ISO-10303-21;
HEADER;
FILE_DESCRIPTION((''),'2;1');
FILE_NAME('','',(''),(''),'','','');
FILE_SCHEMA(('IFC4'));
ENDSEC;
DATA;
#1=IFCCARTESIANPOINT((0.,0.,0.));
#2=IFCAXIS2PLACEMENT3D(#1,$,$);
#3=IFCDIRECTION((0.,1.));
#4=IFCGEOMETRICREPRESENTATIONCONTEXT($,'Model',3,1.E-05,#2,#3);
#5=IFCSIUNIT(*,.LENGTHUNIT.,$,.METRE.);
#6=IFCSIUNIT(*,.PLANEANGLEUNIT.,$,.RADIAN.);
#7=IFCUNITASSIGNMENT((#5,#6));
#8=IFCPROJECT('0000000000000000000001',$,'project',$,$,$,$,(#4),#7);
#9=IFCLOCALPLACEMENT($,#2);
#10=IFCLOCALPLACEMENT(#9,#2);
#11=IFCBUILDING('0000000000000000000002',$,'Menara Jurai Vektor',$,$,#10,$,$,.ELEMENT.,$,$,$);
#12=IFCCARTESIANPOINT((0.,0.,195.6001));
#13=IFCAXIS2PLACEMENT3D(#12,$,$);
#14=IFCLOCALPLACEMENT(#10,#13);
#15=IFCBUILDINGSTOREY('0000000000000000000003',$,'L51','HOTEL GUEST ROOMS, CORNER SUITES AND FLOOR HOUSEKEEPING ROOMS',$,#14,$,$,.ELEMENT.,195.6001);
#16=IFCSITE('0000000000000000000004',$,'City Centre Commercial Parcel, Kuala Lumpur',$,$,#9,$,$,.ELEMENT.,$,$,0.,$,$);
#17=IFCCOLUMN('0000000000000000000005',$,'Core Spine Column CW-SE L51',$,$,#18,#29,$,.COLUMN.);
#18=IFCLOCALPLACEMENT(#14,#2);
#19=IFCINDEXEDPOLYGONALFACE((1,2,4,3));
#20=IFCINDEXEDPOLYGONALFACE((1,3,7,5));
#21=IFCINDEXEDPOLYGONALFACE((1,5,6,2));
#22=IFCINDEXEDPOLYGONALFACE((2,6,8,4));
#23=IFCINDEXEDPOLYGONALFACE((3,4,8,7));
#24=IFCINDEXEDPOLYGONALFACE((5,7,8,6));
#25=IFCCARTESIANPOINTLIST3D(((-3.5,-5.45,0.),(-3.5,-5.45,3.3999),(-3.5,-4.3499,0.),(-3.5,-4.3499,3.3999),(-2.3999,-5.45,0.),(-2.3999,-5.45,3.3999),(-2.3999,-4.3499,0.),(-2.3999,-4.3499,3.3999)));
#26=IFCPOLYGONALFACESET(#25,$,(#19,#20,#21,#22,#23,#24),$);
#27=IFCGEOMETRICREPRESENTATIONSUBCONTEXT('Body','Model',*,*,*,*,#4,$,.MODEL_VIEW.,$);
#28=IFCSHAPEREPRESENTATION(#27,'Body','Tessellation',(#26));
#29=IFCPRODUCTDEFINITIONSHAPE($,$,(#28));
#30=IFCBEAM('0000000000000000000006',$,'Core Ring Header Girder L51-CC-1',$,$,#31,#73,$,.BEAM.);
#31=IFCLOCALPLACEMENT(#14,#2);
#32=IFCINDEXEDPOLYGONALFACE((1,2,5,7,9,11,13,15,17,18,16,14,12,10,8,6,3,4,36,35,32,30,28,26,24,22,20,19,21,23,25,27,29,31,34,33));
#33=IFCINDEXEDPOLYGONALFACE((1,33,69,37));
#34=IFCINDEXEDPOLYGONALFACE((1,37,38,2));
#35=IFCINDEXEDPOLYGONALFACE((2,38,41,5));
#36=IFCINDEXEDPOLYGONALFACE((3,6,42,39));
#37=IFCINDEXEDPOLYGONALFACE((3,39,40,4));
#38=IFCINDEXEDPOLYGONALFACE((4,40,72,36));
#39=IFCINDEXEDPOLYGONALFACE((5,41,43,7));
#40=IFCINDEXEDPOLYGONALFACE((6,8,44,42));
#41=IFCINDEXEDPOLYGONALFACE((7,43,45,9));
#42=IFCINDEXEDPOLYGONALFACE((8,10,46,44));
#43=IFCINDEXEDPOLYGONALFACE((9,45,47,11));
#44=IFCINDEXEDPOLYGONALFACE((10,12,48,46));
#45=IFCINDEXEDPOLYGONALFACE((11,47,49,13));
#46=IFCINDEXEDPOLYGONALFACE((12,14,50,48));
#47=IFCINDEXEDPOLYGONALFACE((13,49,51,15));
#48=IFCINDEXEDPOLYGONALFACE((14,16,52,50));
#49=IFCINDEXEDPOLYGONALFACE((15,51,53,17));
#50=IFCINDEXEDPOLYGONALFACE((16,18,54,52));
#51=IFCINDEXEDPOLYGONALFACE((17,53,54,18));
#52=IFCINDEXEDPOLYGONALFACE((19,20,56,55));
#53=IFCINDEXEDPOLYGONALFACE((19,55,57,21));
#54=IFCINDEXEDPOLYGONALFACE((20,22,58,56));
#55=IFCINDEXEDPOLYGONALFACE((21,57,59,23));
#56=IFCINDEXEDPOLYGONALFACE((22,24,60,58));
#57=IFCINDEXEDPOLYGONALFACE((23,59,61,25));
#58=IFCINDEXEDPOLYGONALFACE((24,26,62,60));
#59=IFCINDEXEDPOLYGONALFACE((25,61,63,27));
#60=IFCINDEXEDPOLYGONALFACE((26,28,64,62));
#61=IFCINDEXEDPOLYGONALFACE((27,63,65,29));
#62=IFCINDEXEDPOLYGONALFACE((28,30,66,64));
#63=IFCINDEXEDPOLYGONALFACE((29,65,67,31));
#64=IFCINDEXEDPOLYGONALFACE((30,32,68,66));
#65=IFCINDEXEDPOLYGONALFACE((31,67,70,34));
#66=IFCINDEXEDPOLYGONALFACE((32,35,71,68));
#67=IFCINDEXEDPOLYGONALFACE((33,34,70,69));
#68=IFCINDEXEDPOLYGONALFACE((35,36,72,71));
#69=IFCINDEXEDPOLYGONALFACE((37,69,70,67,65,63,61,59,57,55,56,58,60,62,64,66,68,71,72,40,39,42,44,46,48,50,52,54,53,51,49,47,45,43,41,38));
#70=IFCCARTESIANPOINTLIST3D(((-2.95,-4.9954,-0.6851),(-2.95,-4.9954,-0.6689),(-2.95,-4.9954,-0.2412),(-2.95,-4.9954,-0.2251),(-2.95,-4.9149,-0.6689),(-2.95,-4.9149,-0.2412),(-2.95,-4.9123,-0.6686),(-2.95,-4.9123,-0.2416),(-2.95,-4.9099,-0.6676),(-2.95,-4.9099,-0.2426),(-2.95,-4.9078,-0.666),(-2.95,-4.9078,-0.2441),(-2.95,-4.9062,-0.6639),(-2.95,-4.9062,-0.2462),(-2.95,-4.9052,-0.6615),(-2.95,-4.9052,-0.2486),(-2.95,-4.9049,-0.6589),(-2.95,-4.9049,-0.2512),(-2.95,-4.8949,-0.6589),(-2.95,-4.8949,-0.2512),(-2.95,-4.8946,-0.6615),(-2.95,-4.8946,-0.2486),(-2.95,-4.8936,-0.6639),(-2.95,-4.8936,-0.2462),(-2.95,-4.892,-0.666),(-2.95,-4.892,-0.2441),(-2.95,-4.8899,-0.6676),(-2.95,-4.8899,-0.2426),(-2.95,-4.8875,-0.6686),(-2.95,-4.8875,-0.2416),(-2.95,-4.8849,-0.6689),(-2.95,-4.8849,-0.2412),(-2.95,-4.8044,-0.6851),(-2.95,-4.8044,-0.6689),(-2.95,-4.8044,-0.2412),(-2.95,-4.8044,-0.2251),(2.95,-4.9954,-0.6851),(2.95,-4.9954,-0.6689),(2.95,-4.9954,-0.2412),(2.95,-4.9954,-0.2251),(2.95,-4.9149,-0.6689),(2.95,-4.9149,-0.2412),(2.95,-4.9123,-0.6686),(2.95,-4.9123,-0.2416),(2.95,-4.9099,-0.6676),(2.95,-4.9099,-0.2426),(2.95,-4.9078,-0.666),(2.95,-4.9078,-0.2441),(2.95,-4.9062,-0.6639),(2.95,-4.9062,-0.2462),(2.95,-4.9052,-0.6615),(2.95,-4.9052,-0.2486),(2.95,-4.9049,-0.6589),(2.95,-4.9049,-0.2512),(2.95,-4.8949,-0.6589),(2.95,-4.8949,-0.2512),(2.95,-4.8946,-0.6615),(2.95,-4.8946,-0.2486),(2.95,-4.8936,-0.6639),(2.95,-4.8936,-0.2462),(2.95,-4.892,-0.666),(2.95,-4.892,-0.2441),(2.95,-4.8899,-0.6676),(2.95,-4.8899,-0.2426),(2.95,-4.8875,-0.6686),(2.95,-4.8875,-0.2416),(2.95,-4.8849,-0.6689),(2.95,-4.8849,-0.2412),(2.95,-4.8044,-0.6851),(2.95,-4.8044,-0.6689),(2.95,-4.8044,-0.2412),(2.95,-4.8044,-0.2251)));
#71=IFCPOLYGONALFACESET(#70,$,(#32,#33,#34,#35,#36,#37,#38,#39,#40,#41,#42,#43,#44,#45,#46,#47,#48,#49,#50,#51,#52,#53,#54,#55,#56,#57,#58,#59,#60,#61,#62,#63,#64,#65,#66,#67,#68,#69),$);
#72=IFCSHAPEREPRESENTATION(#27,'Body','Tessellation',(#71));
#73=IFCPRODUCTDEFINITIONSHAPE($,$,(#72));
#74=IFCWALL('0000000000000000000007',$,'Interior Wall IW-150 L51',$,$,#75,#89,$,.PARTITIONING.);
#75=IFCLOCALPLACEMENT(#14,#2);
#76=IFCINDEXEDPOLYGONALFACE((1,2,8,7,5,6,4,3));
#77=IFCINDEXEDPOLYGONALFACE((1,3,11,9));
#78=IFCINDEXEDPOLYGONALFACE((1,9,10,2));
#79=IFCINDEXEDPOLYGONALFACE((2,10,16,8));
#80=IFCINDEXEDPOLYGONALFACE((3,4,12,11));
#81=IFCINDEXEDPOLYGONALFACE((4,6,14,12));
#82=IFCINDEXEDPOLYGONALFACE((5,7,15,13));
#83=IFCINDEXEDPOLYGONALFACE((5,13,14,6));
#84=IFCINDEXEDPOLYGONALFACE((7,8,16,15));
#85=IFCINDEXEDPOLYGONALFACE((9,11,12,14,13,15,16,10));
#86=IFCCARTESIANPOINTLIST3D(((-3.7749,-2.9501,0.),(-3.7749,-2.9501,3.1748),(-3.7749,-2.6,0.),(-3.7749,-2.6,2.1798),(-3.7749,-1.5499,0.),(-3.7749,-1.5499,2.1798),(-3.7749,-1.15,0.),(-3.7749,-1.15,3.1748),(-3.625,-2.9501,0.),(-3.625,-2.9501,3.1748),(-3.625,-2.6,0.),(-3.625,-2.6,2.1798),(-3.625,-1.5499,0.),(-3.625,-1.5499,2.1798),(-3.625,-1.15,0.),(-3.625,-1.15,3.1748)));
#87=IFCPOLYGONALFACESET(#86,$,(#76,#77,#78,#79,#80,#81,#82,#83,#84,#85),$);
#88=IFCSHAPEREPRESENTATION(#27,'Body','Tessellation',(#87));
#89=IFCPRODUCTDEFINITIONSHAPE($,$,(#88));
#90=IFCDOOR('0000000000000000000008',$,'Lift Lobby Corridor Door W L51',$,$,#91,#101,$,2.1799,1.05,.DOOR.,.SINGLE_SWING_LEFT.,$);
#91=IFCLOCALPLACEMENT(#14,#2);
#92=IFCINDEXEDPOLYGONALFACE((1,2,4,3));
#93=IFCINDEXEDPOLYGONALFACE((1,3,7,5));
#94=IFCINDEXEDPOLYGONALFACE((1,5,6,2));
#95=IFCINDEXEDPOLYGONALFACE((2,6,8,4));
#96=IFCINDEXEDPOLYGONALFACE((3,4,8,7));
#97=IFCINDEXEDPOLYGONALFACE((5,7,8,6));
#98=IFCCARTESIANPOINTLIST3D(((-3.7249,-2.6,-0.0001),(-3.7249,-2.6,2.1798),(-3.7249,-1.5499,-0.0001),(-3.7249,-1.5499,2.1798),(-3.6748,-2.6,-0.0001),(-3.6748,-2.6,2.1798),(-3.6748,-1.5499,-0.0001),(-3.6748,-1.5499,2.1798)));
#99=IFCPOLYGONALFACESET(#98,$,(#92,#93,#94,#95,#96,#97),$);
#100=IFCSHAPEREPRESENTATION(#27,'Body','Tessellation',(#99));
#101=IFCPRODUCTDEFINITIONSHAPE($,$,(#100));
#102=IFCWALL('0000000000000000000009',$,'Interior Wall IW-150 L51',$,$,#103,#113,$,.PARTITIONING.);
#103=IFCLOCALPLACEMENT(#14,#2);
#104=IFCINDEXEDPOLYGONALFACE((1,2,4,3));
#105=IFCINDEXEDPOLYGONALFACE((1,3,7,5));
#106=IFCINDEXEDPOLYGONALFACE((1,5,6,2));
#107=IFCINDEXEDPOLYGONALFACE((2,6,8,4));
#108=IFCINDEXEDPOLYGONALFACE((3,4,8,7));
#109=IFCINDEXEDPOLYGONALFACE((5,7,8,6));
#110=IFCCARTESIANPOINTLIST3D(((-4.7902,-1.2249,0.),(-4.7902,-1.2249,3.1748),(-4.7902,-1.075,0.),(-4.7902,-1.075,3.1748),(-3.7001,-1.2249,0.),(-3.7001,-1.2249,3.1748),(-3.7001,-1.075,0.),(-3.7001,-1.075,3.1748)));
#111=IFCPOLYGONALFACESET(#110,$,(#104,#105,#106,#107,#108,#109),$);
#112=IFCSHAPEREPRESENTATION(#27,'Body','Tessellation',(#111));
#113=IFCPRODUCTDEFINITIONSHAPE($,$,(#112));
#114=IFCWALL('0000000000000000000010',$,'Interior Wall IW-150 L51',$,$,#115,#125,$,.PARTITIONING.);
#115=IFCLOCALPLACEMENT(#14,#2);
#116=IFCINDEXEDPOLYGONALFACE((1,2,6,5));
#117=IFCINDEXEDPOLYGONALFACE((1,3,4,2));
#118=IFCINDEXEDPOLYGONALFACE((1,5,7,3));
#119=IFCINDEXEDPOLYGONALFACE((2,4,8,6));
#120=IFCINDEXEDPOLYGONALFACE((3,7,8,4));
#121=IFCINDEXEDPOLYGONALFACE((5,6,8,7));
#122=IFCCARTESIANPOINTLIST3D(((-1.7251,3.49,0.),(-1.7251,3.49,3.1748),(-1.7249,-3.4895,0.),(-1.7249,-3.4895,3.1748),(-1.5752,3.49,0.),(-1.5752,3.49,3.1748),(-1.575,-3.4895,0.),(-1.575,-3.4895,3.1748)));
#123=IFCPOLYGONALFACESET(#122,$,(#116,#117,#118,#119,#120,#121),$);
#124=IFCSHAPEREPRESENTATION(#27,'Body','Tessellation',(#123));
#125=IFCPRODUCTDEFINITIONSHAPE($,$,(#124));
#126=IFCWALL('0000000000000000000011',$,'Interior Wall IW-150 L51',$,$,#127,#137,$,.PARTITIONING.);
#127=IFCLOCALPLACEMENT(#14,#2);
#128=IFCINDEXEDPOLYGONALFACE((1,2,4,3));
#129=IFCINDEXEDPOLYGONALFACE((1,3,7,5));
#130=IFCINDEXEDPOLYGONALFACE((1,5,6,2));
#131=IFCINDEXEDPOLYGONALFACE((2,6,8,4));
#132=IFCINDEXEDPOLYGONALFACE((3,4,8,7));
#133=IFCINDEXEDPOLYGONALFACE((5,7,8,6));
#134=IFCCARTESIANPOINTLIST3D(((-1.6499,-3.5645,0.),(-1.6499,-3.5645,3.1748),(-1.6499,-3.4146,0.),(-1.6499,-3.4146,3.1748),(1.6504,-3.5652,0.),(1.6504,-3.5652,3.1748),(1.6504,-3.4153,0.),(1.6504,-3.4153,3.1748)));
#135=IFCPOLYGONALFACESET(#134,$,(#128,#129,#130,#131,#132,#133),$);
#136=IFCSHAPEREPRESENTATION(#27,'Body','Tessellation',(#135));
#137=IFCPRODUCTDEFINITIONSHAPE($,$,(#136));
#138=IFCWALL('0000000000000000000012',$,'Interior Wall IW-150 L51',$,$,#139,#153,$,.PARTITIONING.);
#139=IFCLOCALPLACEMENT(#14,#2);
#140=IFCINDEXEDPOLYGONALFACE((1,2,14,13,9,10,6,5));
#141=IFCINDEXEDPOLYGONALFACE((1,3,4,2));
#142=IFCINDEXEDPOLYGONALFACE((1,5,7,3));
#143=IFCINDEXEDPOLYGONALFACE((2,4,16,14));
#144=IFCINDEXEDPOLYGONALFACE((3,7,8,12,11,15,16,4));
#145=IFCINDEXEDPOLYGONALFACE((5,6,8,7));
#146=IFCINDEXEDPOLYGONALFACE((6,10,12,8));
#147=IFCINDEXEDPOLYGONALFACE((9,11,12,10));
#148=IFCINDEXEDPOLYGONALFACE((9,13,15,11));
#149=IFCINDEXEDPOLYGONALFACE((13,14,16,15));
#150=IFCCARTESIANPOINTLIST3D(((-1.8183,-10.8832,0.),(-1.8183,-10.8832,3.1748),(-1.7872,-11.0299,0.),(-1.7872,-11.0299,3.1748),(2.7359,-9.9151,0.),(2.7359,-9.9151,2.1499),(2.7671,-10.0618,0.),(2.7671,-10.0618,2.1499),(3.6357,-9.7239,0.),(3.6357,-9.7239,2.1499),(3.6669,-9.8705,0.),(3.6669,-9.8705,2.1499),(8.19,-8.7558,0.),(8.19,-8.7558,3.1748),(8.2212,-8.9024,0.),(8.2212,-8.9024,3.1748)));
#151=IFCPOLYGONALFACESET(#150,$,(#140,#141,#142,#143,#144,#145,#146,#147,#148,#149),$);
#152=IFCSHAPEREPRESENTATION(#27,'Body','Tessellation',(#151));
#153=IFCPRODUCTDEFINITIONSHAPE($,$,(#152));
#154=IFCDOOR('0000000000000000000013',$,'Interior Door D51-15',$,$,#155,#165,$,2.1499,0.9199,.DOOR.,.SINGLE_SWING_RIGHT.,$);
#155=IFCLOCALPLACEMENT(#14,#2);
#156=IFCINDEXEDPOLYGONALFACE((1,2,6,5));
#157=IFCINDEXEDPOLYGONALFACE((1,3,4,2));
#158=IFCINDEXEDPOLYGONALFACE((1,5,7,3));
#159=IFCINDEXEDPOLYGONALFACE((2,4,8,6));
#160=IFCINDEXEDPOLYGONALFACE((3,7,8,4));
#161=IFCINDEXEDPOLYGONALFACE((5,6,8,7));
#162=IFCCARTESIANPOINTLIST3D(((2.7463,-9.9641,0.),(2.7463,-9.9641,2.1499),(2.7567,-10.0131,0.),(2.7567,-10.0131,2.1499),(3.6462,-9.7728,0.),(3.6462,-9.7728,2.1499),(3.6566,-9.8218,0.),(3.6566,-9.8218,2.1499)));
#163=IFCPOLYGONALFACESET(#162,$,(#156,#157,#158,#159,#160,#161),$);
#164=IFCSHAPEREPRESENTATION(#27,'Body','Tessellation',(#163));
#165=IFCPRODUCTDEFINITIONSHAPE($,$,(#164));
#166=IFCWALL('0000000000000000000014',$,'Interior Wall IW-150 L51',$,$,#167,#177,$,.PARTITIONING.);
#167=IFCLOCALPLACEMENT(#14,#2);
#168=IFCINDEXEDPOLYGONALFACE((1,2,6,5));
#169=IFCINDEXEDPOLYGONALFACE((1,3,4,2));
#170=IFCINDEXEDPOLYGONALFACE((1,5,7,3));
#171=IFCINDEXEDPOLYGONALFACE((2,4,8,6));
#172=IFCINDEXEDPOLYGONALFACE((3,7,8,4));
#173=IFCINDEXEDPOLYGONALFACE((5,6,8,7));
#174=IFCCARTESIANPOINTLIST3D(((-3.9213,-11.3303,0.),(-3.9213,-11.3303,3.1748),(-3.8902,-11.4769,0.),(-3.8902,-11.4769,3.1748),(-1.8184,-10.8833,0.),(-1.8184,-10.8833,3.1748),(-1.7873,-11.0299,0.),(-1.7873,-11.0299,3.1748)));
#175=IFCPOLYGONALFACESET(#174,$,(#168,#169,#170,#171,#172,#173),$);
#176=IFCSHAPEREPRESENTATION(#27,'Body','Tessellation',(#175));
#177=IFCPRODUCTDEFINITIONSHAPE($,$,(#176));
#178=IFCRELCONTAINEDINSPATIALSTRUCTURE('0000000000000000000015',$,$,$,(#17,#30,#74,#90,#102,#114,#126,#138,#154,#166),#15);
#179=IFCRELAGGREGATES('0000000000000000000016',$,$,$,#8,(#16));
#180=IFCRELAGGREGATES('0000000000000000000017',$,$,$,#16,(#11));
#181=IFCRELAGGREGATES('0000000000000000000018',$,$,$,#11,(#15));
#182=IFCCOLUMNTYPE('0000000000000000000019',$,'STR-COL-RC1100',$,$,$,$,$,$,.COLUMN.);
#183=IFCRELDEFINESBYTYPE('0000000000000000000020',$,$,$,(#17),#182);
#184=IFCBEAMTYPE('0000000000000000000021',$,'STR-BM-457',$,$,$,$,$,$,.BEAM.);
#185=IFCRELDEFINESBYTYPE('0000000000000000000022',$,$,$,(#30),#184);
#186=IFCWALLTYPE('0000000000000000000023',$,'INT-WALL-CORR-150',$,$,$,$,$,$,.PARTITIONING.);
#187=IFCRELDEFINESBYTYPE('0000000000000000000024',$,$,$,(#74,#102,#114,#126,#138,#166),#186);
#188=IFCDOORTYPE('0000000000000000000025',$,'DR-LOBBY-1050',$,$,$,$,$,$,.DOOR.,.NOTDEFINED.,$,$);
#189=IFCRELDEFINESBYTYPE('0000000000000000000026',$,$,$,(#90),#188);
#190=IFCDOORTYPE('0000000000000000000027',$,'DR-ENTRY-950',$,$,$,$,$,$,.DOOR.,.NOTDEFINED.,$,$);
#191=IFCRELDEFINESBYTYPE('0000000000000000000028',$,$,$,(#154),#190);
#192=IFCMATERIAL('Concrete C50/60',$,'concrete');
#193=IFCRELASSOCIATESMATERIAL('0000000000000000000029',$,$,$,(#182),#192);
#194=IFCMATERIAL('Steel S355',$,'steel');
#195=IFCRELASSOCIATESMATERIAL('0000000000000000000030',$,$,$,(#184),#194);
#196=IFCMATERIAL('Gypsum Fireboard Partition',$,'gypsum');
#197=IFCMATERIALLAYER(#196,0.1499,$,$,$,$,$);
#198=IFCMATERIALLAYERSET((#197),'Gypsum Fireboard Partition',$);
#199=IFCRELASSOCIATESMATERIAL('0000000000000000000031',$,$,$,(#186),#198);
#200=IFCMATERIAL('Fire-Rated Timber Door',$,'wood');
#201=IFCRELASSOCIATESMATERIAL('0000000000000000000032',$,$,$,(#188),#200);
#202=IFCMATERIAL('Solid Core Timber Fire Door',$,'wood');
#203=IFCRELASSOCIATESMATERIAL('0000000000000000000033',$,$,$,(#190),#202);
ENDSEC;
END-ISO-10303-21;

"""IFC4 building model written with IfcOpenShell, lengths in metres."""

from ifc_helpers import new_model, si_unit, direction, frame, frame_2d, origin, origin_2d, place, context, subcontext, project, spatial, rectangle, i_section, extrude, material, layer, layer_set, material_profile, profile_set, type_object, element, fill, save


model = new_model("IFC4")

# Units and contexts
model_context = context("Model", 3, precision=1e-05, world=origin(), true_north=direction((0.0, 1.0)))
body_context = subcontext(model_context, "Body", "Model", "MODEL_VIEW")
ifc_project = project(units=[si_unit("LENGTHUNIT", "METRE"), si_unit("PLANEANGLEUNIT", "RADIAN")], contexts=[model_context])

# Site, building, storey
site_placement = place(None, origin())
site = spatial("IfcSite", under=ifc_project, at=site_placement, Name="City Centre Commercial Parcel, Kuala Lumpur", CompositionType="ELEMENT", RefElevation=0.0)
building_placement = place(site_placement, origin())
building = spatial("IfcBuilding", under=site, at=building_placement, Name="Menara Jurai Vektor", CompositionType="ELEMENT")
storey_placement = place(building_placement, frame((0.0, 0.0, 195.6001)))
storey = spatial("IfcBuildingStorey", under=building, at=storey_placement, Name="L51", Description="HOTEL GUEST ROOMS, CORNER SUITES AND FLOOR HOUSEKEEPING ROOMS", CompositionType="ELEMENT", Elevation=195.6001)

# Column
ifc_material_1 = material(Name="Concrete C50/60", Category="concrete")
ifc_material_profile_1 = material_profile(ifc_material_1, rectangle(XDim=1.1001, YDim=1.1001, at=origin_2d()), Name="RC 1100x1100")
ifc_profile_set_1 = profile_set([ifc_material_profile_1], Name="Concrete C50/60")
column_type = type_object("IfcColumnType", Name="STR-COL-RC1100", PredefinedType="COLUMN", material=ifc_profile_set_1)
column_placement = place(storey_placement, frame((-2.95, -4.8999, 0.0), z_axis=(0.0, 0.0, 1.0), x_axis=(1.0, 0.0, 0.0)))
element("IfcColumn", 1, at=column_placement, inside=storey, type_object=column_type, Name="Core Spine Column CW-SE L51", PredefinedType="COLUMN", context=body_context, shape_type="SweptSolid", body=[
    extrude(rectangle(XDim=1.1001, YDim=1.1001, at=origin_2d()), origin(), (0.0, 0.0, 1.0), 3.3999),
])

# Beam
ifc_material_2 = material(Name="Steel S355", Category="steel")
ifc_material_profile_2 = material_profile(ifc_material_2, i_section(OverallWidth=0.1909, OverallDepth=0.46, WebThickness=0.01, FlangeThickness=0.0161, FilletRadius=0.01, at=origin_2d()), Name="UKB 457x191x82")
ifc_profile_set_2 = profile_set([ifc_material_profile_2], Name="Steel S355")
beam_type = type_object("IfcBeamType", Name="STR-BM-457", PredefinedType="BEAM", material=ifc_profile_set_2)
beam_placement = place(storey_placement, frame((-2.95, -4.8999, -0.4551), z_axis=(1.0, 0.0, 0.0), x_axis=(0.0, 1.0, 0.0)))
element("IfcBeam", 2, at=beam_placement, inside=storey, type_object=beam_type, Name="Core Ring Header Girder L51-CC-1", PredefinedType="BEAM", context=body_context, shape_type="SweptSolid", body=[
    extrude(i_section(OverallWidth=0.1909, OverallDepth=0.46, WebThickness=0.01, FlangeThickness=0.0161, FilletRadius=0.01, at=origin_2d()), origin(), (0.0, 0.0, 1.0), 5.8999),
])

# Wall, opening, door
ifc_material_3 = material(Name="Gypsum Fireboard Partition", Category="gypsum")
ifc_layer_1 = layer(ifc_material_3, 0.1499)
ifc_layer_set_1 = layer_set([ifc_layer_1], Name="Gypsum Fireboard Partition")
wall_type_1 = type_object("IfcWallType", Name="INT-WALL-CORR-150", PredefinedType="PARTITIONING", material=ifc_layer_set_1)
wall_1_placement = place(storey_placement, frame((-3.7, -2.95, 0.0), z_axis=(0.0, 0.0, 1.0), x_axis=(0.0, 1.0, 0.0)))
wall_1 = element("IfcWall", 3, at=wall_1_placement, inside=storey, type_object=wall_type_1, Name="Interior Wall IW-150 L51", PredefinedType="PARTITIONING", context=body_context, shape_type="SweptSolid", body=[
    extrude(rectangle(XDim=1.8, YDim=0.1499, at=frame_2d((0.8999, 0.0))), origin(), (0.0, 0.0, 1.0), 3.1748),
])
opening_1_placement = place(wall_1_placement, frame((0.3501, 0.0, 0.0)))
opening_1 = element("IfcOpeningElement", 4, at=opening_1_placement, cuts=wall_1, PredefinedType="OPENING", context=body_context, shape_type="SweptSolid", body=[
    extrude(rectangle(XDim=1.05, YDim=2.1799, at=frame_2d((0.5249, 1.0898))), frame((0.0, 0.085, 0.0), z_axis=(0.0, -1.0, 0.0), x_axis=(1.0, 0.0, 0.0)), (0.0, 0.0, 1.0), 0.1699),
])
ifc_material_4 = material(Name="Fire-Rated Timber Door", Category="wood")
door_type_1 = type_object("IfcDoorType", Name="DR-LOBBY-1050", OperationType="NOTDEFINED", PredefinedType="DOOR", material=ifc_material_4)
door_1_placement = place(opening_1_placement, origin())
door_1 = element("IfcDoor", 5, at=door_1_placement, inside=storey, type_object=door_type_1, Name="Lift Lobby Corridor Door W L51", OperationType="SINGLE_SWING_LEFT", OverallHeight=2.1799, OverallWidth=1.05, PredefinedType="DOOR", context=body_context, shape_type="SweptSolid", body=[
    extrude(rectangle(XDim=1.05, YDim=2.1799, at=frame_2d((0.5249, 1.0898))), frame((0.0, 0.0249, 0.0), z_axis=(0.0, -1.0, 0.0), x_axis=(1.0, 0.0, 0.0)), (0.0, 0.0, 1.0), 0.05),
])
fill(opening_1, door_1)

# Walls
wall_2_placement = place(storey_placement, frame((-4.79, -1.1499, 0.0), z_axis=(0.0, 0.0, 1.0), x_axis=(1.0, 0.0, 0.0)))
element("IfcWall", 6, at=wall_2_placement, inside=storey, type_object=wall_type_1, Name="Interior Wall IW-150 L51", PredefinedType="PARTITIONING", context=body_context, shape_type="SweptSolid", body=[
    extrude(rectangle(XDim=1.0901, YDim=0.1499, at=frame_2d((0.5449, 0.0))), origin(), (0.0, 0.0, 1.0), 3.1748),
])
wall_3_placement = place(storey_placement, frame((-1.6499, -3.4895, 0.0), z_axis=(0.0, 0.0, 1.0), x_axis=(-0.000035, 1.0, 0.0)))
element("IfcWall", 7, at=wall_3_placement, inside=storey, type_object=wall_type_1, Name="Interior Wall IW-150 L51", PredefinedType="PARTITIONING", context=body_context, shape_type="SweptSolid", body=[
    extrude(rectangle(XDim=6.9795, YDim=0.1499, at=frame_2d((3.4897, 0.0))), origin(), (0.0, 0.0, 1.0), 3.1748),
])
wall_4_placement = place(storey_placement, frame((-1.6499, -3.4895, 0.0), z_axis=(0.0, 0.0, 1.0), x_axis=(1.0, -0.000222, 0.0)))
element("IfcWall", 8, at=wall_4_placement, inside=storey, type_object=wall_type_1, Name="Interior Wall IW-150 L51", PredefinedType="PARTITIONING", context=body_context, shape_type="SweptSolid", body=[
    extrude(rectangle(XDim=3.3003, YDim=0.1499, at=frame_2d((1.6501, 0.0))), origin(), (0.0, 0.0, 1.0), 3.1748),
])

# Wall, opening, door
wall_5_placement = place(storey_placement, frame((-1.8027, -10.9565, 0.0), z_axis=(0.0, 0.0, 1.0), x_axis=(0.978145, 0.207922, 0.0)))
wall_5 = element("IfcWall", 9, at=wall_5_placement, inside=storey, type_object=wall_type_1, Name="Interior Wall IW-150 L51", PredefinedType="PARTITIONING", context=body_context, shape_type="SweptSolid", body=[
    extrude(rectangle(XDim=10.2319, YDim=0.1499, at=frame_2d((5.116, 0.0))), origin(), (0.0, 0.0, 1.0), 3.1748),
])
opening_2_placement = place(wall_5_placement, frame((4.656, 0.0, 0.0)))
opening_2 = element("IfcOpeningElement", 10, at=opening_2_placement, cuts=wall_5, PredefinedType="OPENING", context=body_context, shape_type="SweptSolid", body=[
    extrude(rectangle(XDim=0.9199, YDim=2.1499, at=frame_2d((0.46, 1.075))), frame((0.0, 0.085, 0.0), z_axis=(0.0, -1.0, 0.0), x_axis=(1.0, 0.0, 0.0)), (0.0, 0.0, 1.0), 0.1699),
])
ifc_material_5 = material(Name="Solid Core Timber Fire Door", Category="wood")
door_type_2 = type_object("IfcDoorType", Name="DR-ENTRY-950", OperationType="NOTDEFINED", PredefinedType="DOOR", material=ifc_material_5)
door_2_placement = place(opening_2_placement, origin())
door_2 = element("IfcDoor", 11, at=door_2_placement, inside=storey, type_object=door_type_2, Name="Interior Door D51-15", OperationType="SINGLE_SWING_RIGHT", OverallHeight=2.1499, OverallWidth=0.9199, PredefinedType="DOOR", context=body_context, shape_type="SweptSolid", body=[
    extrude(rectangle(XDim=0.9199, YDim=2.1499, at=frame_2d((0.46, 1.075))), frame((0.0, 0.0249, 0.0), z_axis=(0.0, -1.0, 0.0), x_axis=(1.0, 0.0, 0.0)), (0.0, 0.0, 1.0), 0.05),
])
fill(opening_2, door_2)

# Wall
wall_6_placement = place(storey_placement, frame((-3.9058, -11.4036, 0.0), z_axis=(0.0, 0.0, 1.0), x_axis=(0.978147, 0.207916, 0.0)))
element("IfcWall", 12, at=wall_6_placement, inside=storey, type_object=wall_type_1, Name="Interior Wall IW-150 L51", PredefinedType="PARTITIONING", context=body_context, shape_type="SweptSolid", body=[
    extrude(rectangle(XDim=2.1499, YDim=0.1499, at=frame_2d((1.075, 0.0))), origin(), (0.0, 0.0, 1.0), 3.1748),
])

save(model, "model.ifc")
